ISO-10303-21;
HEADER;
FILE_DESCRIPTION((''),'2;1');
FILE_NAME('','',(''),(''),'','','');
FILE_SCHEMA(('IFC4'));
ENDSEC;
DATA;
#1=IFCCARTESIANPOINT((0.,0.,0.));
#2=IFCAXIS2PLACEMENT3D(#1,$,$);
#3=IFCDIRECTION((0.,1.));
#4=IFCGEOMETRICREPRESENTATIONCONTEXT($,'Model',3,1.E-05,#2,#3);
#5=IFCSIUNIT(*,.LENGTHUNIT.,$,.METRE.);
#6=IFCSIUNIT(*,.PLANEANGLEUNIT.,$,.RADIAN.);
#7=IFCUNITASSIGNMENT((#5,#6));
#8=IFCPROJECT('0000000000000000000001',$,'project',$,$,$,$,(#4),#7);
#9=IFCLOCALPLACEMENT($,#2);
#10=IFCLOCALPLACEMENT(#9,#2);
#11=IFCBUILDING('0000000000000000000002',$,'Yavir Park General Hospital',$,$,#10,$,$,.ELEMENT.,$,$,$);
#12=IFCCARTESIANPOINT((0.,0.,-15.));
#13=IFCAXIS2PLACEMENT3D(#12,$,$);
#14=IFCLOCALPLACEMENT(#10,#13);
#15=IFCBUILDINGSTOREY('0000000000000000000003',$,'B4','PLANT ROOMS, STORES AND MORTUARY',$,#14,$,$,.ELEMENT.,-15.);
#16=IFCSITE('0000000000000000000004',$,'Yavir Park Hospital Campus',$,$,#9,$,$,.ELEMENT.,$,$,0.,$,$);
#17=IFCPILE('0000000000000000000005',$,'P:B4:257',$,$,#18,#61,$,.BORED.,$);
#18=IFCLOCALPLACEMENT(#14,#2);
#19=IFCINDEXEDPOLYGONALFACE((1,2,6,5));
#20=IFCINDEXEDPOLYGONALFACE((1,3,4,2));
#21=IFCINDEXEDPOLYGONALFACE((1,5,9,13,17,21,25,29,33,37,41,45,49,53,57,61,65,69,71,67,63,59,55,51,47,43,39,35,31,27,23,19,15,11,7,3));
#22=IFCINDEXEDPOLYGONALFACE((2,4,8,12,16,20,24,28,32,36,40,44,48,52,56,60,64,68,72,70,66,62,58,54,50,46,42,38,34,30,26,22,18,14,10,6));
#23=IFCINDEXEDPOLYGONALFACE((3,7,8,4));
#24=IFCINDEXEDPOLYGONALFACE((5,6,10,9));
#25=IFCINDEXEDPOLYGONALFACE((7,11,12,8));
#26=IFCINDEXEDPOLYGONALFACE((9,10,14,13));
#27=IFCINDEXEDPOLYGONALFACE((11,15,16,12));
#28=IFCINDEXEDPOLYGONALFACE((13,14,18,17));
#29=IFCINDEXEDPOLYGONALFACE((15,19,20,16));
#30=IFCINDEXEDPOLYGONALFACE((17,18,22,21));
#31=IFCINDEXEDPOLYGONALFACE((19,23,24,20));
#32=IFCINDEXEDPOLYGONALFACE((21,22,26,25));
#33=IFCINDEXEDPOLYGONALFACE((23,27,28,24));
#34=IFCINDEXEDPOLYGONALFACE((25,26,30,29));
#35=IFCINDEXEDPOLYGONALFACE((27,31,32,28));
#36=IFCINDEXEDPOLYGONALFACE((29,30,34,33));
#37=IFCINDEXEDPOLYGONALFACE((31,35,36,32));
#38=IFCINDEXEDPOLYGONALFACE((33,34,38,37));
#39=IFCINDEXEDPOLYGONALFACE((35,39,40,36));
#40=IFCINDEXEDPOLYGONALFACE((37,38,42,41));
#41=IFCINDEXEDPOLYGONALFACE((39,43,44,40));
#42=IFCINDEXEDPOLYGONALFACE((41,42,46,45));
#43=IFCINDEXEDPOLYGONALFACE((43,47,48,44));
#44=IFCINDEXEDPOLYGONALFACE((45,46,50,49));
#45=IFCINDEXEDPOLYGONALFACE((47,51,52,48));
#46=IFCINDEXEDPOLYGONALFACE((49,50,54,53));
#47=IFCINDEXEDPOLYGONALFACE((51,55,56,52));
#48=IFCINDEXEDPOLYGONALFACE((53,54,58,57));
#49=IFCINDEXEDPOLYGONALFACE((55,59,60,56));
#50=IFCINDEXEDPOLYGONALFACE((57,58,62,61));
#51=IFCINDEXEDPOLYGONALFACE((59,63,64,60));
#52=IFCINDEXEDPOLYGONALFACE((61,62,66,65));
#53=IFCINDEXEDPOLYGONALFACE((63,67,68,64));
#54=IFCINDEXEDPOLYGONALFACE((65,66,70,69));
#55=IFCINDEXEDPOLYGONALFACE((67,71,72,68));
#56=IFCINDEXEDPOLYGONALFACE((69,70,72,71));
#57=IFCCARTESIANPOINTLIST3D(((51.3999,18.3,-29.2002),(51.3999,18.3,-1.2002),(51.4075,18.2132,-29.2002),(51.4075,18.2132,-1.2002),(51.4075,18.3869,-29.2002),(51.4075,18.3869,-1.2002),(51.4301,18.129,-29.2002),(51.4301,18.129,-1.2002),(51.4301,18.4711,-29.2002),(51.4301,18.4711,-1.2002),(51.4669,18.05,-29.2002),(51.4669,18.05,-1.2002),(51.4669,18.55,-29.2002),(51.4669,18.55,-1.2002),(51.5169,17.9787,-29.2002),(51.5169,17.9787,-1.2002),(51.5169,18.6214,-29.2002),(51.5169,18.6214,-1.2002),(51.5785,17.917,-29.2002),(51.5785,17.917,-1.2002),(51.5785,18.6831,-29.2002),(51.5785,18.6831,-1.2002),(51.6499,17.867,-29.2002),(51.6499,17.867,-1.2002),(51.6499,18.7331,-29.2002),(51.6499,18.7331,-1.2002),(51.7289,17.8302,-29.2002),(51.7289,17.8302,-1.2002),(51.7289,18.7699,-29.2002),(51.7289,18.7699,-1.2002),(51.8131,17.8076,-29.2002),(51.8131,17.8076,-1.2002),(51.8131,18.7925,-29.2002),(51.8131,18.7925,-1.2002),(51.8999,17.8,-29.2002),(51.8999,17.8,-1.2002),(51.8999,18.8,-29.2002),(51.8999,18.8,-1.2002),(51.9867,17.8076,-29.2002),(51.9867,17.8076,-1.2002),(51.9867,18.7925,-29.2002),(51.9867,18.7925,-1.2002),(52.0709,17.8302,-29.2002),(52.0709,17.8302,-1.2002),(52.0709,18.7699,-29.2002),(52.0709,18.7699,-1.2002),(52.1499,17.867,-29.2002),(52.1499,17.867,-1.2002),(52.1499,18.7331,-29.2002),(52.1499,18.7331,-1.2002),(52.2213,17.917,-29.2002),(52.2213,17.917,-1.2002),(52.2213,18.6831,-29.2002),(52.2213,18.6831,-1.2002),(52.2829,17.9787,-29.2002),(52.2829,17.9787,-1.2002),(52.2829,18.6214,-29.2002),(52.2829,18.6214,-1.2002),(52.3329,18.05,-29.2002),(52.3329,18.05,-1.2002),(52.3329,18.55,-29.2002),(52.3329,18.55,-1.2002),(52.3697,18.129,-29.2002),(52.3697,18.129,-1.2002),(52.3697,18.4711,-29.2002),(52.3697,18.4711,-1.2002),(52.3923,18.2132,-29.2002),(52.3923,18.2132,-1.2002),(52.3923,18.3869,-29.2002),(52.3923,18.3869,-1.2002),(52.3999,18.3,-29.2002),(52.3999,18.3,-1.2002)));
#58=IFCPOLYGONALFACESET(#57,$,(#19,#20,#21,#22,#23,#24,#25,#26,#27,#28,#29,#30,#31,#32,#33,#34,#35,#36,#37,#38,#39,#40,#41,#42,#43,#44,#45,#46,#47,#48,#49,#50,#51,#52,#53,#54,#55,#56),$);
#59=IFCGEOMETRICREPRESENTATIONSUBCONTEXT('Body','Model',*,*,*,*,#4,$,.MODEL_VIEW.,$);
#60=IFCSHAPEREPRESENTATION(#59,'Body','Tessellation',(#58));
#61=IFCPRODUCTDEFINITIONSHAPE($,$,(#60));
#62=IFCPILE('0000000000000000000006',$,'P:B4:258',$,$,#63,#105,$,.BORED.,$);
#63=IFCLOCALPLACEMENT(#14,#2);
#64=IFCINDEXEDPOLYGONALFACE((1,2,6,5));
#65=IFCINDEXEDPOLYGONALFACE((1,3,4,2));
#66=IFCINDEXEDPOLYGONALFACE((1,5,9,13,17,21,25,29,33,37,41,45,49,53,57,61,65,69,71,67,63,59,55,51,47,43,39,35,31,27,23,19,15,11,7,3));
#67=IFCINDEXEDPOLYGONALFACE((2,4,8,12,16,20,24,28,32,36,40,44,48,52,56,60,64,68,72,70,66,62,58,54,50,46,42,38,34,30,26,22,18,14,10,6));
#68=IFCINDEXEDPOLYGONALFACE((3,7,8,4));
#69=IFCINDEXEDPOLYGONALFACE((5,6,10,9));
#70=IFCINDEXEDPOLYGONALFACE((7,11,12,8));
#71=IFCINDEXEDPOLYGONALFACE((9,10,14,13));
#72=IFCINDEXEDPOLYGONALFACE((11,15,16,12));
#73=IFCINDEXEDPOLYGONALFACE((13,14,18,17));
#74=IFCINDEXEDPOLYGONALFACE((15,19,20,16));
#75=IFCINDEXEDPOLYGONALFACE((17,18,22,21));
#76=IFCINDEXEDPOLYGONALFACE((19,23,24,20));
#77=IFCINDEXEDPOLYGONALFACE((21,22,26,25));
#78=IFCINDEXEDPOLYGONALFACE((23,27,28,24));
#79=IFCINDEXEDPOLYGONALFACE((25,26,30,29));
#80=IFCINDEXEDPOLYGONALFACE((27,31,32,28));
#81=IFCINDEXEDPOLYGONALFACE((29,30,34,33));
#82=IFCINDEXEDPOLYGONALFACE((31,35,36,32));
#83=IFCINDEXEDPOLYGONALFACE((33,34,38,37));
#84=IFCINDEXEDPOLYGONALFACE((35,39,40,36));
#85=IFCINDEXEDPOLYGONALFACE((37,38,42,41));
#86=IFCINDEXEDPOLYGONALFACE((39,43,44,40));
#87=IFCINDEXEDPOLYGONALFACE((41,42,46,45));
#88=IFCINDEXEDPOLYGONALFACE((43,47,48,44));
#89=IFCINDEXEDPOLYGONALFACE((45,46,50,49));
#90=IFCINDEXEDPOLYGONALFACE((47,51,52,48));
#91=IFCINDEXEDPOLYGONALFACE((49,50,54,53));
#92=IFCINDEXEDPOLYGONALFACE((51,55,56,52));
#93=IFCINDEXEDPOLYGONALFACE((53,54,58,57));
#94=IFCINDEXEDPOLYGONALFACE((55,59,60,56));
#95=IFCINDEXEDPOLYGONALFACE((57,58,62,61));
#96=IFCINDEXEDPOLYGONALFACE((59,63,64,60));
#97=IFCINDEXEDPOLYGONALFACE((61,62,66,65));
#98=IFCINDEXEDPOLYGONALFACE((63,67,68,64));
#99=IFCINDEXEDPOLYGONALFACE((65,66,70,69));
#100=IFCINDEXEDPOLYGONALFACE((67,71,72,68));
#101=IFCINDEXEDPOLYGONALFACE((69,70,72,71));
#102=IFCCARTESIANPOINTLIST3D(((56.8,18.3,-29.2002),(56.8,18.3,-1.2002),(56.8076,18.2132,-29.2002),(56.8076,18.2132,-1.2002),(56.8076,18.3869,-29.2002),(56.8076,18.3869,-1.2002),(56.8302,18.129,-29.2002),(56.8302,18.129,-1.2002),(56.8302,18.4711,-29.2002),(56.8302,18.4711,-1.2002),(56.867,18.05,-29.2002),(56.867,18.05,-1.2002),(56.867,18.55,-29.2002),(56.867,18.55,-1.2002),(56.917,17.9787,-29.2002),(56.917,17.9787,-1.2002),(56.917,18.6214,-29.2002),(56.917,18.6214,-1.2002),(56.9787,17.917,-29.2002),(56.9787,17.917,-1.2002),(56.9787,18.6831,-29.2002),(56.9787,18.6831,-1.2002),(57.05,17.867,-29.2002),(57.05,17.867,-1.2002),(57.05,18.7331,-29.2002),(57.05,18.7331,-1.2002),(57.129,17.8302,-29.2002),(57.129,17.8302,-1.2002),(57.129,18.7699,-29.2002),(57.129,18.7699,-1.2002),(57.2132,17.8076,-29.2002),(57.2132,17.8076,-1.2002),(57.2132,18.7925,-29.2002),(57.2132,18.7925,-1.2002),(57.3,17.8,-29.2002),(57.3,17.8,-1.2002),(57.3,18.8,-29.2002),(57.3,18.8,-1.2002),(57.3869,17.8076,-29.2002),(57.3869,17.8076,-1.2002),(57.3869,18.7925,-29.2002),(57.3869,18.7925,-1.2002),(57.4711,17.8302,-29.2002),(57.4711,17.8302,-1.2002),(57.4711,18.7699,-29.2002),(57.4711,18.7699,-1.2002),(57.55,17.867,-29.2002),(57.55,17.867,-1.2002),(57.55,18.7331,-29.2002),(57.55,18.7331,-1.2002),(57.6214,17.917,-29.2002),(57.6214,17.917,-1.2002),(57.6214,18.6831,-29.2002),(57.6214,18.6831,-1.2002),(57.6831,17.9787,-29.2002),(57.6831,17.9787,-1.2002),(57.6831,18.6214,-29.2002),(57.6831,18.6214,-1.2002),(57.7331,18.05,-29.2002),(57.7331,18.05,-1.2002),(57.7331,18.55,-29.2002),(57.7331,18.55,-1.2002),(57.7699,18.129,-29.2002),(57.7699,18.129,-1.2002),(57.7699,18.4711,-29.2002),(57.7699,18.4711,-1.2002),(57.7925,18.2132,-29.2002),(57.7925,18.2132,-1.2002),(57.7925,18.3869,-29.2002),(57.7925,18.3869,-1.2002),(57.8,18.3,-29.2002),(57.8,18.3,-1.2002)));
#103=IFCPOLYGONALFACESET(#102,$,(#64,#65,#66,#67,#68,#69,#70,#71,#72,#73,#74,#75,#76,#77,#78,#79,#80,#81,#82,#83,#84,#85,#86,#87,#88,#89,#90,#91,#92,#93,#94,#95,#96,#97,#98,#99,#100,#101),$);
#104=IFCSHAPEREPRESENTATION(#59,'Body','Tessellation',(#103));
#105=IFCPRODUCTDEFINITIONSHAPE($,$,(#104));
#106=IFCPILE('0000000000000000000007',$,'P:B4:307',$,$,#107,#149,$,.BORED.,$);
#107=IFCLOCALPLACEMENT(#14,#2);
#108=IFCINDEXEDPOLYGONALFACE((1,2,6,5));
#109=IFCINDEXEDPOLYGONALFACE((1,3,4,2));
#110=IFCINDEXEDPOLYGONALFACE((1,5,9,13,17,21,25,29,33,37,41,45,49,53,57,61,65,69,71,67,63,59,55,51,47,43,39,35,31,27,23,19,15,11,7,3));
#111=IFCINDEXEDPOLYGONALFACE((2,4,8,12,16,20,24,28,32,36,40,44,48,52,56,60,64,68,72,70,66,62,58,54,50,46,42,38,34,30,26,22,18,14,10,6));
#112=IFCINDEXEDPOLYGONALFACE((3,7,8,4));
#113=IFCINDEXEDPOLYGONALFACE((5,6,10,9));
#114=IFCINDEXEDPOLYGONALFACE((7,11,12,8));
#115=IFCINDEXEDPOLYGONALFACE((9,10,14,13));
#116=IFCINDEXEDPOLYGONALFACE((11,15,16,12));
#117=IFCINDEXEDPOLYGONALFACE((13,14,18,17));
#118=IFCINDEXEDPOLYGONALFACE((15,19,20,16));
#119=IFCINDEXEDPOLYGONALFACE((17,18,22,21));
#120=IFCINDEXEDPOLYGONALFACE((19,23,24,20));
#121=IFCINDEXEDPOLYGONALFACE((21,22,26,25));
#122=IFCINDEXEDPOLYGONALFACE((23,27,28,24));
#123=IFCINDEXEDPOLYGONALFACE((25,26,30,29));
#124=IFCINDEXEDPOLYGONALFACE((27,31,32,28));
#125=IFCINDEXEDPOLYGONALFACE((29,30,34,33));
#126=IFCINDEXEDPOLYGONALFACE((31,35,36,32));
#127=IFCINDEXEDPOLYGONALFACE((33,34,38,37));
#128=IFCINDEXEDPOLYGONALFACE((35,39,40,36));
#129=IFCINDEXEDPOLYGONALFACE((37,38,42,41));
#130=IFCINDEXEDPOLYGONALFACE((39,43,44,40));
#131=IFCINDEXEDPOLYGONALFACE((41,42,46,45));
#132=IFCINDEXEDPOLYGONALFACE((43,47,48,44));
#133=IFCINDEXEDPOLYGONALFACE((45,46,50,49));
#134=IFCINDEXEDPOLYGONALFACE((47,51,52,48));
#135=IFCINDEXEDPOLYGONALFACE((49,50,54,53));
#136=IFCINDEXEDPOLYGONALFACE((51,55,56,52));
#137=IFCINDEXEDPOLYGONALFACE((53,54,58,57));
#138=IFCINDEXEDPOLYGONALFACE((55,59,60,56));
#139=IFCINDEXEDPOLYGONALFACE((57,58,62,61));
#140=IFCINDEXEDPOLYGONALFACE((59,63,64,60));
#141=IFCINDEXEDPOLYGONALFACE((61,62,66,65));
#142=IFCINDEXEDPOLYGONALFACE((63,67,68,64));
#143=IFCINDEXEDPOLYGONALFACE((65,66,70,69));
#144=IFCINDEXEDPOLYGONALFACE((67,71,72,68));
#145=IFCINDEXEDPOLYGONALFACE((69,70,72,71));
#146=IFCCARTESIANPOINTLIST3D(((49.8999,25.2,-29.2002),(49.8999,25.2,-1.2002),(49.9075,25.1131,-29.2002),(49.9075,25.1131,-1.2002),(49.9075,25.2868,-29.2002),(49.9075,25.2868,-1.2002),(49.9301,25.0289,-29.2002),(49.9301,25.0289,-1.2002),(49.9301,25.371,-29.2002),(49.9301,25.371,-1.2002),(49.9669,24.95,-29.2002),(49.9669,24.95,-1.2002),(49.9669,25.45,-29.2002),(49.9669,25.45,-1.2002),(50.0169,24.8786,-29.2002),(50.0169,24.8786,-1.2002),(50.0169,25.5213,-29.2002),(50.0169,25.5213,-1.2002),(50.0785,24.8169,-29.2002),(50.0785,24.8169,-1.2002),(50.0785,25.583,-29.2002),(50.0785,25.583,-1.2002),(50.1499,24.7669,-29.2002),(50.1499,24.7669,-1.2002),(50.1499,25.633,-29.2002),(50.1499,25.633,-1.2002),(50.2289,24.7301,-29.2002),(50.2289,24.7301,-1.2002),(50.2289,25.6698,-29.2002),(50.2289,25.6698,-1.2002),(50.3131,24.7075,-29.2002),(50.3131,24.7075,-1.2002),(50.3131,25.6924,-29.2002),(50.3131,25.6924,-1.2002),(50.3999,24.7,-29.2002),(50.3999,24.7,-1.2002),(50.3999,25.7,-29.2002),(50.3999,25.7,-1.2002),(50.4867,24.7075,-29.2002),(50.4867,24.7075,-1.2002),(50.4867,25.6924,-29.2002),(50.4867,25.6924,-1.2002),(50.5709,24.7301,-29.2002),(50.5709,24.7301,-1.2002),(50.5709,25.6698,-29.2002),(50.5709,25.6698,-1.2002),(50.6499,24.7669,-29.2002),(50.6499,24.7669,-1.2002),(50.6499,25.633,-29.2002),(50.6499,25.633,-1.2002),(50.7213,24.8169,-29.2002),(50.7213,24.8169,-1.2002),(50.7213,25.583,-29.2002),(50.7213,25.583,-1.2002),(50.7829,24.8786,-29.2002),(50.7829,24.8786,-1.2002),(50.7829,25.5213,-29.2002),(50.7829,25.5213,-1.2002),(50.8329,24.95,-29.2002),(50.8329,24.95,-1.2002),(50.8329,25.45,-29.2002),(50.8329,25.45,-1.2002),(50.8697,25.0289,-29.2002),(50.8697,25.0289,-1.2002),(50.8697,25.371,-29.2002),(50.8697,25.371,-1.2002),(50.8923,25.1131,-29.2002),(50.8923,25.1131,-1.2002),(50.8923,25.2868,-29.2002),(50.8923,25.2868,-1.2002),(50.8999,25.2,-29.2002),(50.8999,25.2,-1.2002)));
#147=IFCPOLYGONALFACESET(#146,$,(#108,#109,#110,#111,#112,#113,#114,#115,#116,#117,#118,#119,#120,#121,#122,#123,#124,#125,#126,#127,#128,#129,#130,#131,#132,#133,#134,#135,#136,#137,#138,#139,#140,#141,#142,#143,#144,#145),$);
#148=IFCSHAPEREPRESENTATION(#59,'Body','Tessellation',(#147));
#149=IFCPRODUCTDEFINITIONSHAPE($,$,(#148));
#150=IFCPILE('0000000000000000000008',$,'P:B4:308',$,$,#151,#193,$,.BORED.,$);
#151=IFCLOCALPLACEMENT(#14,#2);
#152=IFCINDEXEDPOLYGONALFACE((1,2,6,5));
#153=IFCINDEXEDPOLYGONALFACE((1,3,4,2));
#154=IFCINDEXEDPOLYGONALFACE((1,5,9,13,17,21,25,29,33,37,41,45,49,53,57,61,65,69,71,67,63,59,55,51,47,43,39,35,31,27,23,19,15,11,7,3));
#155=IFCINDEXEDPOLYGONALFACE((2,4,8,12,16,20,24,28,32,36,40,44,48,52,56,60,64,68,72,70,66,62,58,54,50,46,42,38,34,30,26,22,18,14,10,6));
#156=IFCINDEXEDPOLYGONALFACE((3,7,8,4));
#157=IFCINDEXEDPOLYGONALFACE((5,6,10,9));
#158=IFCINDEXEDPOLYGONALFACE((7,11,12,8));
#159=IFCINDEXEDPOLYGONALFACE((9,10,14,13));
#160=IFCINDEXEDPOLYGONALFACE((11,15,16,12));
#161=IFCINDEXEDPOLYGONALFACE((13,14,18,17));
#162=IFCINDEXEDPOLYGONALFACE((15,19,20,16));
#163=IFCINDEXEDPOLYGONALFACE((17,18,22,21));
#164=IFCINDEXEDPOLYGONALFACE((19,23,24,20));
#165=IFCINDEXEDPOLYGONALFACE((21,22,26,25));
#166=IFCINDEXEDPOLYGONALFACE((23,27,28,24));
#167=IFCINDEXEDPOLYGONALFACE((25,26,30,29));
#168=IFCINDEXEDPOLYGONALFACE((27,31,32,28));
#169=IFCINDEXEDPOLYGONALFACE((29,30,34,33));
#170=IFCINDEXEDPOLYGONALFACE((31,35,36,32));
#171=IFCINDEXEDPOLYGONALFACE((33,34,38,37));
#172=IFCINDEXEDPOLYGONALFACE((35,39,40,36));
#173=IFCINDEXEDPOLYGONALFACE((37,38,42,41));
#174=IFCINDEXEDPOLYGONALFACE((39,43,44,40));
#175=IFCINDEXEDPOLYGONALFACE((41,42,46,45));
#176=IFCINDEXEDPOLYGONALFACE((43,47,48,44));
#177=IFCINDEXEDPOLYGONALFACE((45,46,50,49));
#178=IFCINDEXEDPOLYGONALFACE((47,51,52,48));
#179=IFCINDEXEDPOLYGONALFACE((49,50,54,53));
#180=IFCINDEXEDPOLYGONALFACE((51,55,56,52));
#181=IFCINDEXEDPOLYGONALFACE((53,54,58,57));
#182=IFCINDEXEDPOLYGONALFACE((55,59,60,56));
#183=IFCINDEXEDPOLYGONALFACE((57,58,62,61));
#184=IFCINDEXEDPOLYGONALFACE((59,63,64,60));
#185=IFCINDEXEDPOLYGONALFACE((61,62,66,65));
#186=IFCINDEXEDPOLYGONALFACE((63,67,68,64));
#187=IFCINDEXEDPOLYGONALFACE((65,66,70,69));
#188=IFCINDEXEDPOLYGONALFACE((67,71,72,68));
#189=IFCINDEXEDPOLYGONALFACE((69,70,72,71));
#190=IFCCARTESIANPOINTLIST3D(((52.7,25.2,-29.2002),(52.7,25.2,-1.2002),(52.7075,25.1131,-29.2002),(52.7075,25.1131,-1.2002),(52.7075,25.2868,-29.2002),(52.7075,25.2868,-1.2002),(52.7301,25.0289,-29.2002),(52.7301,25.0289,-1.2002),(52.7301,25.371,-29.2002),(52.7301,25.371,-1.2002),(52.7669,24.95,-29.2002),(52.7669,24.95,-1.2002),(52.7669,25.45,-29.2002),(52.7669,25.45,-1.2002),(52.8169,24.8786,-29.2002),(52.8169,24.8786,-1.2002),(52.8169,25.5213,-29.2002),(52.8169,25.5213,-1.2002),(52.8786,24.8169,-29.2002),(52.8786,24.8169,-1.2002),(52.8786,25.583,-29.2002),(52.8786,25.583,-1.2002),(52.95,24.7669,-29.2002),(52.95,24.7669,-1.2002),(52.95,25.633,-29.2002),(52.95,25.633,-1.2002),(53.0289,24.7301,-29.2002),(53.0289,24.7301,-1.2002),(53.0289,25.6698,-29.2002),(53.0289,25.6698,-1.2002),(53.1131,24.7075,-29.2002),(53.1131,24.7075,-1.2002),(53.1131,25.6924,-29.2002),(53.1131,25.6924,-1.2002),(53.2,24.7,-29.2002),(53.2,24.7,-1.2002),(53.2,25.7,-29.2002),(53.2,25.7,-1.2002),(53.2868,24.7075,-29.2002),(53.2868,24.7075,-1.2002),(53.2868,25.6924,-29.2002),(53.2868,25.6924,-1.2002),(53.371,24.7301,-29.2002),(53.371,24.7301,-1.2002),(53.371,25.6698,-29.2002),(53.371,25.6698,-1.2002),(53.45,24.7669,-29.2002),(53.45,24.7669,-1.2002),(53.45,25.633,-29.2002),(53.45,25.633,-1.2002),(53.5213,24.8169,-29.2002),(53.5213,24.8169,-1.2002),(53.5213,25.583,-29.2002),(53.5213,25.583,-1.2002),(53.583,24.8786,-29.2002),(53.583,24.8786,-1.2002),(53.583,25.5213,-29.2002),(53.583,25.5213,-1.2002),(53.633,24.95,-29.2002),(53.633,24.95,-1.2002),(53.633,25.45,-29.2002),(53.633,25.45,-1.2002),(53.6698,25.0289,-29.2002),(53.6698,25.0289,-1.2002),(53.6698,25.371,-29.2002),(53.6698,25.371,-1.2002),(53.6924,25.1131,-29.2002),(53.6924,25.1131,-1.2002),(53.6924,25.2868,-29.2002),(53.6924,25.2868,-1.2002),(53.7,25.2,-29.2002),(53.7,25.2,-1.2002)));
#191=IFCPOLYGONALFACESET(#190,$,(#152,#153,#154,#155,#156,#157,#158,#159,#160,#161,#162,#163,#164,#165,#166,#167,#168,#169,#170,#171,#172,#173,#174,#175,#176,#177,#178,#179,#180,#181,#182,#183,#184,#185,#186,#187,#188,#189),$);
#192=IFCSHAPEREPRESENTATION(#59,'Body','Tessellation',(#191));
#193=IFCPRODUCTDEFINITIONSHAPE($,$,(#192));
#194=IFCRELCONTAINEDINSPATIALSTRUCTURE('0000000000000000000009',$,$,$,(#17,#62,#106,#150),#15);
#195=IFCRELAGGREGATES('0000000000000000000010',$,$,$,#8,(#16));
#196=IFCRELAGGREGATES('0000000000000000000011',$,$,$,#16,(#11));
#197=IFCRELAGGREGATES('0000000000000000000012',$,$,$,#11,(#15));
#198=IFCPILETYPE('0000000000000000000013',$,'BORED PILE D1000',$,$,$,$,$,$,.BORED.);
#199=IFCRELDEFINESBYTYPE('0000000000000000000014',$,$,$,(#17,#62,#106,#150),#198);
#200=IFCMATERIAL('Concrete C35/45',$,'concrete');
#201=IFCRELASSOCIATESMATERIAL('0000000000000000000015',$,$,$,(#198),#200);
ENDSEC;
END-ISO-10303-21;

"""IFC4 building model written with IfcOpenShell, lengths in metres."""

from ifc_helpers import new_model, si_unit, direction, frame, origin, origin_2d, place, context, subcontext, project, spatial, circle, extrude, material, material_profile, profile_set, type_object, element, save


model = new_model("IFC4")

# Units and contexts
model_context = context("Model", 3, precision=1e-05, world=origin(), true_north=direction((0.0, 1.0)))
body_context = subcontext(model_context, "Body", "Model", "MODEL_VIEW")
ifc_project = project(units=[si_unit("LENGTHUNIT", "METRE"), si_unit("PLANEANGLEUNIT", "RADIAN")], contexts=[model_context])

# Site, building, storey
site_placement = place(None, origin())
site = spatial("IfcSite", under=ifc_project, at=site_placement, Name="Yavir Park Hospital Campus", CompositionType="ELEMENT", RefElevation=0.0)
building_placement = place(site_placement, origin())
building = spatial("IfcBuilding", under=site, at=building_placement, Name="Yavir Park General Hospital", CompositionType="ELEMENT")
storey_placement = place(building_placement, frame((0.0, 0.0, -15.0)))
storey = spatial("IfcBuildingStorey", under=building, at=storey_placement, Name="B4", Description="PLANT ROOMS, STORES AND MORTUARY", CompositionType="ELEMENT", Elevation=-15.0)

# Piles
ifc_material_1 = material(Name="Concrete C35/45", Category="concrete")
ifc_material_profile = material_profile(ifc_material_1, circle(Radius=0.5, at=origin_2d()), Name="D1000")
ifc_profile_set = profile_set([ifc_material_profile], Name="Concrete C35/45")
pile_type = type_object("IfcPileType", Name="BORED PILE D1000", PredefinedType="BORED", material=ifc_profile_set)
for number, where, z_axis, x_axis, name in (
    (1, (51.8999, 18.3, -1.2002), (0.0, 0.0, -1.0), (1.0, 0.0, 0.0), "P:B4:257"),
    (2, (57.3, 18.3, -1.2002), (0.0, 0.0, -1.0), (1.0, 0.0, 0.0), "P:B4:258"),
    (3, (50.3999, 25.2, -1.2002), (0.0, 0.0, -1.0), (1.0, 0.0, 0.0), "P:B4:307"),
    (4, (53.2, 25.2, -1.2002), (0.0, 0.0, -1.0), (1.0, 0.0, 0.0), "P:B4:308"),
):
    element("IfcPile", number, at=place(storey_placement, frame(where, z_axis=z_axis, x_axis=x_axis)), inside=storey, type_object=pile_type, Name=name, PredefinedType="BORED", context=body_context, shape_type="SweptSolid", body=[
        extrude(circle(Radius=0.5, at=origin_2d()), origin(), (0.0, 0.0, 1.0), 28.0),
    ])

save(model, "model.ifc")
